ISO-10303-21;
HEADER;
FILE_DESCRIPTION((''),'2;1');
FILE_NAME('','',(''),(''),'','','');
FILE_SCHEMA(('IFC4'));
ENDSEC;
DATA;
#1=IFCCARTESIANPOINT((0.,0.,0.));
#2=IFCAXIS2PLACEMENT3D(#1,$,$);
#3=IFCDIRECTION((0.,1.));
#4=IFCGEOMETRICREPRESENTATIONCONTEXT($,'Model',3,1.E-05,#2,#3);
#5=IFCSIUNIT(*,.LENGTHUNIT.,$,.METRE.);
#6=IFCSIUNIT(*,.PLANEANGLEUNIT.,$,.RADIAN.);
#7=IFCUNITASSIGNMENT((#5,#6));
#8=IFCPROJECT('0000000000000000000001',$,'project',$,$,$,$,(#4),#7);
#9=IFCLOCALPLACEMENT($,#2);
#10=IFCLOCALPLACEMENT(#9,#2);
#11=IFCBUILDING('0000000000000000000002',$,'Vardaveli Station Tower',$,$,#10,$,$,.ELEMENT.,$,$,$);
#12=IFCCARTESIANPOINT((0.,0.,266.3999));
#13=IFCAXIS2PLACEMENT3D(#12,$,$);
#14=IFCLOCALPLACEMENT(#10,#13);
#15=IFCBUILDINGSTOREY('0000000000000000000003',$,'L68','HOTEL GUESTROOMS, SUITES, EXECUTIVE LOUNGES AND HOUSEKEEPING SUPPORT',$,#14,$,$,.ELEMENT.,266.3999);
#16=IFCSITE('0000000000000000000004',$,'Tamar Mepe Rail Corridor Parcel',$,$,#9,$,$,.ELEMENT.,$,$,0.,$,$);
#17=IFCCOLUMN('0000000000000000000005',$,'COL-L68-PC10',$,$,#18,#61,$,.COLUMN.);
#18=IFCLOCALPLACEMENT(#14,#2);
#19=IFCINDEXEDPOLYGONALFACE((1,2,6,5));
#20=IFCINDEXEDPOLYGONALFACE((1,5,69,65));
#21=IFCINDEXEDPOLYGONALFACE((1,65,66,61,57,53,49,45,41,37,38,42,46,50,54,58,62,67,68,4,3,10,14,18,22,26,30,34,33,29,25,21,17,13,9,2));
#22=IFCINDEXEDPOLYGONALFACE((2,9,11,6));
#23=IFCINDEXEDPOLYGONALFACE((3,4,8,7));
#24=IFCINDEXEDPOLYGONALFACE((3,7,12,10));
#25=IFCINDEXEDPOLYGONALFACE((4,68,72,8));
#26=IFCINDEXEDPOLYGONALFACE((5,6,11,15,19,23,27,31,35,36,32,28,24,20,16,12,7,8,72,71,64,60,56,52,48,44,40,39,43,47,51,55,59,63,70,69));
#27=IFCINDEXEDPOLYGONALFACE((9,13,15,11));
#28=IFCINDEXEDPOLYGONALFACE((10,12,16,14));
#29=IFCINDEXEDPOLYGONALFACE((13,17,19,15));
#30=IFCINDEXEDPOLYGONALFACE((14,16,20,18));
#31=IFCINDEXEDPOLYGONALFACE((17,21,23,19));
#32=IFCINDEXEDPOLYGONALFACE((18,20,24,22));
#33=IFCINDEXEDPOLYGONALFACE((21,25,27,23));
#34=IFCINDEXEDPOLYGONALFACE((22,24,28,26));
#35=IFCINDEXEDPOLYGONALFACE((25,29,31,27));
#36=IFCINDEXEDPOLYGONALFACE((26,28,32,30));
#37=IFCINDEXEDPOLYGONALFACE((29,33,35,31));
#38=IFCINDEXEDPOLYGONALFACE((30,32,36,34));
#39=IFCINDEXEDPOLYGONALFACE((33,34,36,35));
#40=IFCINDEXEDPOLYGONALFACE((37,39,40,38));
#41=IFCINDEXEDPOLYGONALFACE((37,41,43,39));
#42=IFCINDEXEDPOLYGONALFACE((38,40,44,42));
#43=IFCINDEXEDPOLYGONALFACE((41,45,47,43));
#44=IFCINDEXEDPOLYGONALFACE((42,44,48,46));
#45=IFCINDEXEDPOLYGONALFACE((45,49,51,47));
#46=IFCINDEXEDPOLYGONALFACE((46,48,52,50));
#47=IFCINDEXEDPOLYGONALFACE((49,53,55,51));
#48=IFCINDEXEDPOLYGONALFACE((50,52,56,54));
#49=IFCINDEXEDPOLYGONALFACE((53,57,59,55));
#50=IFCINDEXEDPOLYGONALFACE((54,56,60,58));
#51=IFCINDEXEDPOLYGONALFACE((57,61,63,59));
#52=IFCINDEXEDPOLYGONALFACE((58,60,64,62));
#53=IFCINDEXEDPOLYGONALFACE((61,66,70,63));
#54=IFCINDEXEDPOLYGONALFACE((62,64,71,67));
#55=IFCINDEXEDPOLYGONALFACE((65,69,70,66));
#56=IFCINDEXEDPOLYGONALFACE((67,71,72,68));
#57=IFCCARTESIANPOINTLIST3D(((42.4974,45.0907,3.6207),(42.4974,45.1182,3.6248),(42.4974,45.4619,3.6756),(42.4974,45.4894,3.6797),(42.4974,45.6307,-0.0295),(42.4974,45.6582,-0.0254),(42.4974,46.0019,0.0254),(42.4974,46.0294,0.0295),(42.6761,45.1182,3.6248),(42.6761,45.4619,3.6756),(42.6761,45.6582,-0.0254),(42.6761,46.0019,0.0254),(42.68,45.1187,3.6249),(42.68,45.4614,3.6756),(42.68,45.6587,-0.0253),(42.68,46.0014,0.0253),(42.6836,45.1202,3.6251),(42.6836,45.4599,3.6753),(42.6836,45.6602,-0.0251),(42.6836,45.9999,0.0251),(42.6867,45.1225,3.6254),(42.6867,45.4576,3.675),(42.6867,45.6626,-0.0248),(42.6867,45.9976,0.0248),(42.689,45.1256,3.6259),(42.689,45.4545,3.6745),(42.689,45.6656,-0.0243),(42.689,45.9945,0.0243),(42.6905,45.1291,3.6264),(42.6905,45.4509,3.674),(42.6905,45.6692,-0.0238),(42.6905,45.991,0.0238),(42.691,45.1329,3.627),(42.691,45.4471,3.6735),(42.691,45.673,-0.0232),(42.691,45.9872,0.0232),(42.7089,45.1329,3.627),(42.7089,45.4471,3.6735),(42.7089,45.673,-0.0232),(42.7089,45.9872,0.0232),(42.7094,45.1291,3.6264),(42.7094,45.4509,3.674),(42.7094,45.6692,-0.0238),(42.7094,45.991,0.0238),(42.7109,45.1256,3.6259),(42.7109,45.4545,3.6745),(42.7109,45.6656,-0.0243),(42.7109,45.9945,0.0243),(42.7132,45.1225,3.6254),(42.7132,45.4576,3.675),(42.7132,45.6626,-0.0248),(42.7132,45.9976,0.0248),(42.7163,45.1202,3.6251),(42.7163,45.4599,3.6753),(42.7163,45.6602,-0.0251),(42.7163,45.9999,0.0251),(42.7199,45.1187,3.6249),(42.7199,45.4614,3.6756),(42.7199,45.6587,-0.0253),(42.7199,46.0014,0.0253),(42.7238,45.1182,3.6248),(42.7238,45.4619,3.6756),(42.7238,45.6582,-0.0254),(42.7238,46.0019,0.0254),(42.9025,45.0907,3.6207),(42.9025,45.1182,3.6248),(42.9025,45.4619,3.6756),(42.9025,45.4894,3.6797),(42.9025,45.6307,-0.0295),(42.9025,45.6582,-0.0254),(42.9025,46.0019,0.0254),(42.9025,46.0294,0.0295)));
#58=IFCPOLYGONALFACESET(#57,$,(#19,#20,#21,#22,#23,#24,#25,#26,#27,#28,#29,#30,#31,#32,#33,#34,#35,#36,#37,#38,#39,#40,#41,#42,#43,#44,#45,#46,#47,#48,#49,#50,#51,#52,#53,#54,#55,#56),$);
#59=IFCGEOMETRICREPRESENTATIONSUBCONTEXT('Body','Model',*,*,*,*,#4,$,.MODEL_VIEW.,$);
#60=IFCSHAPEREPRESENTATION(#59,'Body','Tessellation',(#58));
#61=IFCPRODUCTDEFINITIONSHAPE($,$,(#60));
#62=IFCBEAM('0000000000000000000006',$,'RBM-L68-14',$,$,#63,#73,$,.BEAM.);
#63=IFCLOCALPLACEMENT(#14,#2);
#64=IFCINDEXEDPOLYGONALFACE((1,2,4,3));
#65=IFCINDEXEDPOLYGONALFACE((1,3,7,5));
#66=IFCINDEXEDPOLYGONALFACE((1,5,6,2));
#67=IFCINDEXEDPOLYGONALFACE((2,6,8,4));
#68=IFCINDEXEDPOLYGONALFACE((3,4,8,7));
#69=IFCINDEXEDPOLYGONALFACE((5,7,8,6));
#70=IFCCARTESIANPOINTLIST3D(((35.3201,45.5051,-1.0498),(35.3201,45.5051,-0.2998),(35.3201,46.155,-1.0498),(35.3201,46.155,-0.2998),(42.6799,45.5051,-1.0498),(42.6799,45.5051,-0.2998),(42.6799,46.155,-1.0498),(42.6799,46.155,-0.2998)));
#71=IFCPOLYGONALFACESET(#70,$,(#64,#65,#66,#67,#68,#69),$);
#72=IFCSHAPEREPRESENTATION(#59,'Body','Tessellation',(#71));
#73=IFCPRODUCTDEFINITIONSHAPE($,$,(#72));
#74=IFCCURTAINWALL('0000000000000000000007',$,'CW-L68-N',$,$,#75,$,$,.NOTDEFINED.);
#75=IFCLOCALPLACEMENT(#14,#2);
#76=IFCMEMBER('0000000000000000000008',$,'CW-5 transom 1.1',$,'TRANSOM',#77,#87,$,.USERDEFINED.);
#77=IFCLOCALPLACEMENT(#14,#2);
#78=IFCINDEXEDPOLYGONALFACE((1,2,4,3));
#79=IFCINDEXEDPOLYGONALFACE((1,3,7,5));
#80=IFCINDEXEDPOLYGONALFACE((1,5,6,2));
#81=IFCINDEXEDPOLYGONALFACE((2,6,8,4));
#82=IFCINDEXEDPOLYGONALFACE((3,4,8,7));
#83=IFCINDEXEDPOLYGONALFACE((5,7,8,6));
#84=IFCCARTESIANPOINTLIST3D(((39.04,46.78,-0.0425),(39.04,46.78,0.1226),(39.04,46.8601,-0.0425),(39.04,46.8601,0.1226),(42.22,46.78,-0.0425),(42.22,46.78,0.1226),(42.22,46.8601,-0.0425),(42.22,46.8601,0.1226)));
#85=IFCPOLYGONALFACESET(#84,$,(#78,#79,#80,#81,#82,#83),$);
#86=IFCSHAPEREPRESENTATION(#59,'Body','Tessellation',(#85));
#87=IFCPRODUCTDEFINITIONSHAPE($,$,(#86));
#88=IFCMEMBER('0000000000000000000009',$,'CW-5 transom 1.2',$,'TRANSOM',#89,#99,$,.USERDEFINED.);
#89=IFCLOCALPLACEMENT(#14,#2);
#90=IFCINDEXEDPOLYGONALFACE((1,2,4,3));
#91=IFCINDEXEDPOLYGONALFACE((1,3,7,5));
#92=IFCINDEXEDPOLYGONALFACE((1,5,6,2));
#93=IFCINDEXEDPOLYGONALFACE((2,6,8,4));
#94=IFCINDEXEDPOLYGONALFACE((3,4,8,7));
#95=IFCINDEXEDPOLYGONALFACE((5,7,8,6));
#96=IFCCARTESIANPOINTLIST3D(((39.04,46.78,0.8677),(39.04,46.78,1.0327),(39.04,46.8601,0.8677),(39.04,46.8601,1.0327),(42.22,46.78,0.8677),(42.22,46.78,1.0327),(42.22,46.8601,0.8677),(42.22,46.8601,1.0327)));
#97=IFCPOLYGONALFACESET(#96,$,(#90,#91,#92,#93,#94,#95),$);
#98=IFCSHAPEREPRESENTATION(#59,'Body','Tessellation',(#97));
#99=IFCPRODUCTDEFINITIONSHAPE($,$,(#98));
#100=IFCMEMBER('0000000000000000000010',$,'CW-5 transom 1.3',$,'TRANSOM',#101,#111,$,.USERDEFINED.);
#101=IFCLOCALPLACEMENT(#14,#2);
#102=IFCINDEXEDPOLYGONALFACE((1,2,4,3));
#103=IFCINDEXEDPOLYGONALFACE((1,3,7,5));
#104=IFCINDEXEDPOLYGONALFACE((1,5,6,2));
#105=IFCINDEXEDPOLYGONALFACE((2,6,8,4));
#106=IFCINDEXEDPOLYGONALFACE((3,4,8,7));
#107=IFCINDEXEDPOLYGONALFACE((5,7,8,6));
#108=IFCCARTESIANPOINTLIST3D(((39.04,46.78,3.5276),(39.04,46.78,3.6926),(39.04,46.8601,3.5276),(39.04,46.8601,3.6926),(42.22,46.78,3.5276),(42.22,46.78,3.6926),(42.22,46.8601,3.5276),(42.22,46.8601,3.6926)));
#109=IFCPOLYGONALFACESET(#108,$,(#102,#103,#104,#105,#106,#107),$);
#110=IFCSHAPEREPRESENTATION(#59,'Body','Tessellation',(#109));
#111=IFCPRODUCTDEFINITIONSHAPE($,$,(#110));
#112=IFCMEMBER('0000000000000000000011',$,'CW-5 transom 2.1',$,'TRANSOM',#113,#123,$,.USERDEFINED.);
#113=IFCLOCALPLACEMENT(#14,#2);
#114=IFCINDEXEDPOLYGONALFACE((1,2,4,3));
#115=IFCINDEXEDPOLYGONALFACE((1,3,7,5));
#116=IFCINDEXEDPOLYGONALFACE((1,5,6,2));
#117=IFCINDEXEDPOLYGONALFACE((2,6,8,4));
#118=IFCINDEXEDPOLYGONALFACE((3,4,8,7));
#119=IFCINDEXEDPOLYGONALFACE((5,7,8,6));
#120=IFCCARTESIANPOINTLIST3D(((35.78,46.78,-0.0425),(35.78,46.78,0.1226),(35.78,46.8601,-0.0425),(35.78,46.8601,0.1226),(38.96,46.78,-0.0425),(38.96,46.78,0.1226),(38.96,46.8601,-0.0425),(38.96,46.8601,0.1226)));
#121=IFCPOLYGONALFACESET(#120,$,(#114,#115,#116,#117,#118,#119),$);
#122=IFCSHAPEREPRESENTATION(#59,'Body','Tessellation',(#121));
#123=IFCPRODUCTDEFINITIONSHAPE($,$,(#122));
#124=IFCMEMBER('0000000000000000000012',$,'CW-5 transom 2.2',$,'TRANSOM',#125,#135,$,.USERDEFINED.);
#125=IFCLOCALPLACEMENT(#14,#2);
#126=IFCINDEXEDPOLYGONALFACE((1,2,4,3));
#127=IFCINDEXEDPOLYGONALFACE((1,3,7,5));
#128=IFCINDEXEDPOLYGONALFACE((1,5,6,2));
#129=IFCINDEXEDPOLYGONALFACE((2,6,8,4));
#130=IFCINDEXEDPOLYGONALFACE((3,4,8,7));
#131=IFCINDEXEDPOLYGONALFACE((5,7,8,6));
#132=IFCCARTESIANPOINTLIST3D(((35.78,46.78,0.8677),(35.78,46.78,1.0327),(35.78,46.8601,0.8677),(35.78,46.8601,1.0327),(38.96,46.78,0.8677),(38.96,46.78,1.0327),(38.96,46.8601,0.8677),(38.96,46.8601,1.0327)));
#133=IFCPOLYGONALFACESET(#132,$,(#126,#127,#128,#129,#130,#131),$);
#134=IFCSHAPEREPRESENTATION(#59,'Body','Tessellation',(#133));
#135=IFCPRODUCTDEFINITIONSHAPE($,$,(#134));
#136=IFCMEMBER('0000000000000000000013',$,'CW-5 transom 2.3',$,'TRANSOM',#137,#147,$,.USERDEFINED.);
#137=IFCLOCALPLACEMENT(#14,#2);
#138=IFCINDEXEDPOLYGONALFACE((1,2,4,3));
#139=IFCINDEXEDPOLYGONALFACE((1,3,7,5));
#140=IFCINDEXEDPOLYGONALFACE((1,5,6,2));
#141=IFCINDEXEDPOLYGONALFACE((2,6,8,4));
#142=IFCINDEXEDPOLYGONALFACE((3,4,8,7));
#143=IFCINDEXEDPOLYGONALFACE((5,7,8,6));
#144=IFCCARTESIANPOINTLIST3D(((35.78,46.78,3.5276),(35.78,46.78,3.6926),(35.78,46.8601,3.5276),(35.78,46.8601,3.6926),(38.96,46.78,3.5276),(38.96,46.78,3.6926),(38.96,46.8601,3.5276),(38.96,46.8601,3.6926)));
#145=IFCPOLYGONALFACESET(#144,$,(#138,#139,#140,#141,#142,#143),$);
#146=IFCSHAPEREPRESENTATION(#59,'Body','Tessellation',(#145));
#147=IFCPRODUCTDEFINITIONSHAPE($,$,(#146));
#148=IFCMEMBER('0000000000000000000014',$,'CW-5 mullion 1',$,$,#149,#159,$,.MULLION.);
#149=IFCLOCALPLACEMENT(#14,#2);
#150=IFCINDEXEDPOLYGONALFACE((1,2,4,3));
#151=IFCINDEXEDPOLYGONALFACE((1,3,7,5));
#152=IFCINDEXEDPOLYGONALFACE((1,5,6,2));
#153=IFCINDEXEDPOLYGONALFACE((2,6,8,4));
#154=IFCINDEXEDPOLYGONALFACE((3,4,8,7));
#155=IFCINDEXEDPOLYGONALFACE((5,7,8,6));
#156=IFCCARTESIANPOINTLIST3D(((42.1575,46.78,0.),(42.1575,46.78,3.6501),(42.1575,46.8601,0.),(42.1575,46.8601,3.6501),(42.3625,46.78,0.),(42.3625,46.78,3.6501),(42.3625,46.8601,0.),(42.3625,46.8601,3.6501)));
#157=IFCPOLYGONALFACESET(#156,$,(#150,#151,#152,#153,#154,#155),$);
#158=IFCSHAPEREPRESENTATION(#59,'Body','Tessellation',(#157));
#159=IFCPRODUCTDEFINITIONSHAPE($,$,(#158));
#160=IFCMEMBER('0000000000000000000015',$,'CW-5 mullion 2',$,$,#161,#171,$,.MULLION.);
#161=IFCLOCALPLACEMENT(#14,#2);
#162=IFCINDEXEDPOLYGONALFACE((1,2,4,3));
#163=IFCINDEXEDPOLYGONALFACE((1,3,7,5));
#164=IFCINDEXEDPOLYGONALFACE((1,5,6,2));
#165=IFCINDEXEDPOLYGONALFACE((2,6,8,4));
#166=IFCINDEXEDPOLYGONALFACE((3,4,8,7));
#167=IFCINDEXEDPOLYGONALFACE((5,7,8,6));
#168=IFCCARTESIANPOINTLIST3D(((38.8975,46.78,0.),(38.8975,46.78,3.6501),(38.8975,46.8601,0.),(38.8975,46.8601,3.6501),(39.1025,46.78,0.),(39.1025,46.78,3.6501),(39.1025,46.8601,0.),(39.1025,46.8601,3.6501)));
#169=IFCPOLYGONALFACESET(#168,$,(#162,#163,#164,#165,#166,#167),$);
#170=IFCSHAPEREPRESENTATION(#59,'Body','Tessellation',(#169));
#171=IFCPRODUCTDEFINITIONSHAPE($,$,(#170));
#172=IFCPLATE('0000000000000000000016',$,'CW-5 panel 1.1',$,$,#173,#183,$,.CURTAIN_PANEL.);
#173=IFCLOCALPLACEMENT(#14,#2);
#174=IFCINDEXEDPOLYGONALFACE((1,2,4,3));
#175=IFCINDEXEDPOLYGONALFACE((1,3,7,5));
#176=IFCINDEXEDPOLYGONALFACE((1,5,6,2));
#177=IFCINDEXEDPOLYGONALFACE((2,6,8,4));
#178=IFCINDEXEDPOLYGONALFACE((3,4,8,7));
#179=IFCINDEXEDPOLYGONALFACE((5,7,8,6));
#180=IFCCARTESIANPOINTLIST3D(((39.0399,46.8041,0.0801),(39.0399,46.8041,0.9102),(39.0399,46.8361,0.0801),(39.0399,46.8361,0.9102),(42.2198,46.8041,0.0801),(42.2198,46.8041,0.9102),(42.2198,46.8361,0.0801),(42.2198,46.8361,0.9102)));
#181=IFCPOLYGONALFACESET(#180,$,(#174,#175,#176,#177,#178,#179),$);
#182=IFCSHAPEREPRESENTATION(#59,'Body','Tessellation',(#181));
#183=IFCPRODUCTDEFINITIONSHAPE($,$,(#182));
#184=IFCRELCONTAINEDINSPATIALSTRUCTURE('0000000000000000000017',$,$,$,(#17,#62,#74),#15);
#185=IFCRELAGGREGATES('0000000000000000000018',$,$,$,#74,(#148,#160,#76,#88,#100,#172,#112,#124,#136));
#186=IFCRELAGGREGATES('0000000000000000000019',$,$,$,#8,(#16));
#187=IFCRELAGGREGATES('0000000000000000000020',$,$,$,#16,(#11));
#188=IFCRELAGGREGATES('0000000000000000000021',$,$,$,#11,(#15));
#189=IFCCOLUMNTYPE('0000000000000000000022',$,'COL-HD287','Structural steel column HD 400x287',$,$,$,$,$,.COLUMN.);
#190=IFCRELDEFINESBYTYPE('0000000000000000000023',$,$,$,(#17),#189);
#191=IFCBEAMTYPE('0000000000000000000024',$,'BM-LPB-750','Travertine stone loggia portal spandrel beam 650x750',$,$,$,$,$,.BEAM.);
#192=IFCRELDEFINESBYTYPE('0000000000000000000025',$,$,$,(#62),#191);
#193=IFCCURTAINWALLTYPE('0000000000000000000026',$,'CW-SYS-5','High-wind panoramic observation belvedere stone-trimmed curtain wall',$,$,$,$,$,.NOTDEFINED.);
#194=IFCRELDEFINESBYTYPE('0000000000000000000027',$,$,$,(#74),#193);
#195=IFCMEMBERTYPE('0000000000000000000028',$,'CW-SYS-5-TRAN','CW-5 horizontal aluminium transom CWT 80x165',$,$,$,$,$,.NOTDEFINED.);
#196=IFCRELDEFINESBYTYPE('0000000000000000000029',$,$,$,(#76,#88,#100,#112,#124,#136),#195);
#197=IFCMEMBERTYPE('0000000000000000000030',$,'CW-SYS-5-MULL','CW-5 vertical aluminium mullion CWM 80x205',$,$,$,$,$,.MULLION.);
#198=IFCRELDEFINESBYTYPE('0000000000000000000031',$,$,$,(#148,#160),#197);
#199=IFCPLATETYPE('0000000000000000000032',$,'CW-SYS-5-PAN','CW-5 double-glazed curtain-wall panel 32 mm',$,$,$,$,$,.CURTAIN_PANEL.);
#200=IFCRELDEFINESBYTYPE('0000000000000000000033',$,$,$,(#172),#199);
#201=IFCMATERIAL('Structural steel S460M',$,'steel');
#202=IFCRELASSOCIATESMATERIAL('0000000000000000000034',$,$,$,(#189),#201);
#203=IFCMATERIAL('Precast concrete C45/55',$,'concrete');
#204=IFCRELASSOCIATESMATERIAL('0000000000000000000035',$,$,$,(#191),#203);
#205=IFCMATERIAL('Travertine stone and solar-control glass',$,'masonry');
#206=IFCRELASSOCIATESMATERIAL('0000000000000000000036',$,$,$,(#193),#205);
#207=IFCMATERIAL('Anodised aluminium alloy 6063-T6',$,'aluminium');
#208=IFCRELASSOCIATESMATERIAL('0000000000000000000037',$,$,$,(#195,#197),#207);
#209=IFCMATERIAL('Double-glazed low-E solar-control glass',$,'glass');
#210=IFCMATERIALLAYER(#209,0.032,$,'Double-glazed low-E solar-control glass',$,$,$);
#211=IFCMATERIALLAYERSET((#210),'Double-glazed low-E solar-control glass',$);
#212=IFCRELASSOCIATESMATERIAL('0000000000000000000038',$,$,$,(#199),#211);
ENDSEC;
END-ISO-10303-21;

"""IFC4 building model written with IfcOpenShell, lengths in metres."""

from ifc_helpers import new_model, si_unit, direction, frame, origin, origin_2d, place, context, subcontext, project, spatial, rectangle, i_section, extrude, source, transform, mapped, material, layer, layer_set, material_profile, profile_set, type_object, element, aggregate, save


model = new_model("IFC4")

# Units and contexts
model_context = context("Model", 3, precision=1e-05, world=origin(), true_north=direction((0.0, 1.0)))
body_context = subcontext(model_context, "Body", "Model", "MODEL_VIEW")
ifc_project = project(units=[si_unit("LENGTHUNIT", "METRE"), si_unit("PLANEANGLEUNIT", "RADIAN")], contexts=[model_context])

# Site, building, storey
site_placement = place(None, origin())
site = spatial("IfcSite", under=ifc_project, at=site_placement, Name="Tamar Mepe Rail Corridor Parcel", CompositionType="ELEMENT", RefElevation=0.0)
building_placement = place(site_placement, origin())
building = spatial("IfcBuilding", under=site, at=building_placement, Name="Vardaveli Station Tower", CompositionType="ELEMENT")
storey_placement = place(building_placement, frame((0.0, 0.0, 266.3999)))
storey = spatial("IfcBuildingStorey", under=building, at=storey_placement, Name="L68", Description="HOTEL GUESTROOMS, SUITES, EXECUTIVE LOUNGES AND HOUSEKEEPING SUPPORT", CompositionType="ELEMENT", Elevation=266.3999)

# Column
ifc_material_1 = material(Name="Structural steel S460M", Category="steel")
ifc_material_profile_1 = material_profile(ifc_material_1, i_section(OverallWidth=0.405, OverallDepth=0.4031, WebThickness=0.0178, FlangeThickness=0.0278, FilletRadius=0.0149, at=origin_2d()), Name="HD 400x287")
ifc_profile_set_1 = profile_set([ifc_material_profile_1], Name="Structural steel S460M")
column_type = type_object("IfcColumnType", Name="COL-HD287", Description="Structural steel column HD 400x287", PredefinedType="COLUMN", material=ifc_profile_set_1)
shared_shape_1 = source(origin(), body_context, "Body", "SweptSolid", [
    extrude(i_section(OverallWidth=0.405, OverallDepth=0.4031, WebThickness=0.0178, FlangeThickness=0.0278, FilletRadius=0.0149, at=origin_2d()), origin(), (0.0, 0.0, 1.0), 3.6899),
])
column_placement = place(storey_placement, frame((42.7, 45.8301, 0.0), z_axis=(0.0, -0.146357, 0.989232), x_axis=(1.0, 0.0, 0.0)))
element("IfcColumn", 1, at=column_placement, inside=storey, type_object=column_type, Name="COL-L68-PC10", PredefinedType="COLUMN", context=body_context, shape_type="MappedRepresentation", body=[
    mapped(shared_shape_1, transform((0.0, 0.0, 0.0), scale=1.0)),
])

# Beam
ifc_material_2 = material(Name="Precast concrete C45/55", Category="concrete")
ifc_material_profile_2 = material_profile(ifc_material_2, rectangle(XDim=0.6499, YDim=0.75, at=origin_2d()), Name="LPB 650x750")
ifc_profile_set_2 = profile_set([ifc_material_profile_2], Name="Precast concrete C45/55")
beam_type = type_object("IfcBeamType", Name="BM-LPB-750", Description="Travertine stone loggia portal spandrel beam 650x750", PredefinedType="BEAM", material=ifc_profile_set_2)
shared_shape_2 = source(origin(), body_context, "Body", "SweptSolid", [
    extrude(rectangle(XDim=0.6499, YDim=0.75, at=origin_2d()), origin(), (0.0, 0.0, 1.0), 7.3599),
])
beam_placement = place(storey_placement, frame((42.6799, 45.8301, -0.6748), z_axis=(-1.0, 0.0, 0.0), x_axis=(0.0, -1.0, 0.0)))
element("IfcBeam", 2, at=beam_placement, inside=storey, type_object=beam_type, Name="RBM-L68-14", PredefinedType="BEAM", context=body_context, shape_type="MappedRepresentation", body=[
    mapped(shared_shape_2, transform((0.0, 0.0, 0.0), scale=1.0)),
])

# Curtain wall, members, plate
ifc_material_3 = material(Name="Travertine stone and solar-control glass", Category="masonry")
curtain_wall_type = type_object("IfcCurtainWallType", Name="CW-SYS-5", Description="High-wind panoramic observation belvedere stone-trimmed curtain wall", PredefinedType="NOTDEFINED", material=ifc_material_3)
curtain_wall_placement = place(storey_placement, origin())
curtain_wall = element("IfcCurtainWall", 3, at=curtain_wall_placement, inside=storey, type_object=curtain_wall_type, Name="CW-L68-N", PredefinedType="NOTDEFINED")
ifc_material_4 = material(Name="Anodised aluminium alloy 6063-T6", Category="aluminium")
ifc_material_profile_3 = material_profile(ifc_material_4, rectangle(XDim=0.0801, YDim=0.165, at=origin_2d()), Name="CWT 80x165")
ifc_profile_set_3 = profile_set([ifc_material_profile_3], Name="Anodised aluminium alloy 6063-T6")
member_type_1 = type_object("IfcMemberType", Name="CW-SYS-5-TRAN", Description="CW-5 horizontal aluminium transom CWT 80x165", PredefinedType="NOTDEFINED", material=ifc_profile_set_3)
shared_shape_3 = source(origin(), body_context, "Body", "SweptSolid", [
    extrude(rectangle(XDim=0.0801, YDim=0.165, at=origin_2d()), origin(), (0.0, 0.0, 1.0), 3.1799),
])
member_1_placement = place(storey_placement, frame((42.22, 46.8201, 0.04), z_axis=(-1.0, 0.0, 0.0), x_axis=(0.0, -1.0, 0.0)))
member_1 = element("IfcMember", 4, at=member_1_placement, type_object=member_type_1, Name="CW-5 transom 1.1", ObjectType="TRANSOM", PredefinedType="USERDEFINED", context=body_context, shape_type="MappedRepresentation", body=[
    mapped(shared_shape_3, transform((0.0, 0.0, 0.0), scale=1.0)),
])
member_2_placement = place(storey_placement, frame((42.22, 46.8201, 0.9502), z_axis=(-1.0, 0.0, 0.0), x_axis=(0.0, -1.0, 0.0)))
member_2 = element("IfcMember", 5, at=member_2_placement, type_object=member_type_1, Name="CW-5 transom 1.2", ObjectType="TRANSOM", PredefinedType="USERDEFINED", context=body_context, shape_type="MappedRepresentation", body=[
    mapped(shared_shape_3, transform((0.0, 0.0, 0.0), scale=1.0)),
])
member_3_placement = place(storey_placement, frame((42.22, 46.8201, 3.6101), z_axis=(-1.0, 0.0, 0.0), x_axis=(0.0, -1.0, 0.0)))
member_3 = element("IfcMember", 6, at=member_3_placement, type_object=member_type_1, Name="CW-5 transom 1.3", ObjectType="TRANSOM", PredefinedType="USERDEFINED", context=body_context, shape_type="MappedRepresentation", body=[
    mapped(shared_shape_3, transform((0.0, 0.0, 0.0), scale=1.0)),
])
member_4_placement = place(storey_placement, frame((38.96, 46.8201, 0.04), z_axis=(-1.0, 0.0, 0.0), x_axis=(0.0, -1.0, 0.0)))
member_4 = element("IfcMember", 7, at=member_4_placement, type_object=member_type_1, Name="CW-5 transom 2.1", ObjectType="TRANSOM", PredefinedType="USERDEFINED", context=body_context, shape_type="MappedRepresentation", body=[
    mapped(shared_shape_3, transform((0.0, 0.0, 0.0), scale=1.0)),
])
member_5_placement = place(storey_placement, frame((38.96, 46.8201, 0.9502), z_axis=(-1.0, 0.0, 0.0), x_axis=(0.0, -1.0, 0.0)))
member_5 = element("IfcMember", 8, at=member_5_placement, type_object=member_type_1, Name="CW-5 transom 2.2", ObjectType="TRANSOM", PredefinedType="USERDEFINED", context=body_context, shape_type="MappedRepresentation", body=[
    mapped(shared_shape_3, transform((0.0, 0.0, 0.0), scale=1.0)),
])
member_6_placement = place(storey_placement, frame((38.96, 46.8201, 3.6101), z_axis=(-1.0, 0.0, 0.0), x_axis=(0.0, -1.0, 0.0)))
member_6 = element("IfcMember", 9, at=member_6_placement, type_object=member_type_1, Name="CW-5 transom 2.3", ObjectType="TRANSOM", PredefinedType="USERDEFINED", context=body_context, shape_type="MappedRepresentation", body=[
    mapped(shared_shape_3, transform((0.0, 0.0, 0.0), scale=1.0)),
])
ifc_material_profile_4 = material_profile(ifc_material_4, rectangle(XDim=0.0801, YDim=0.2051, at=origin_2d()), Name="CWM 80x205")
ifc_profile_set_4 = profile_set([ifc_material_profile_4], Name="Anodised aluminium alloy 6063-T6")
member_type_2 = type_object("IfcMemberType", Name="CW-SYS-5-MULL", Description="CW-5 vertical aluminium mullion CWM 80x205", PredefinedType="MULLION", material=ifc_profile_set_4)
shared_shape_4 = source(origin(), body_context, "Body", "SweptSolid", [
    extrude(rectangle(XDim=0.0801, YDim=0.2051, at=origin_2d()), origin(), (0.0, 0.0, 1.0), 3.6501),
])
member_7_placement = place(storey_placement, frame((42.26, 46.8201, 0.0), z_axis=(0.0, 0.0, 1.0), x_axis=(0.0, -1.0, 0.0)))
member_7 = element("IfcMember", 10, at=member_7_placement, type_object=member_type_2, Name="CW-5 mullion 1", PredefinedType="MULLION", context=body_context, shape_type="MappedRepresentation", body=[
    mapped(shared_shape_4, transform((0.0, 0.0, 0.0), scale=1.0)),
])
member_8_placement = place(storey_placement, frame((39.0, 46.8201, 0.0), z_axis=(0.0, 0.0, 1.0), x_axis=(0.0, -1.0, 0.0)))
member_8 = element("IfcMember", 11, at=member_8_placement, type_object=member_type_2, Name="CW-5 mullion 2", PredefinedType="MULLION", context=body_context, shape_type="MappedRepresentation", body=[
    mapped(shared_shape_4, transform((0.0, 0.0, 0.0), scale=1.0)),
])
ifc_material_5 = material(Name="Double-glazed low-E solar-control glass", Category="glass")
ifc_layer_1 = layer(ifc_material_5, 0.032, Name="Double-glazed low-E solar-control glass")
ifc_layer_set_1 = layer_set([ifc_layer_1], Name="Double-glazed low-E solar-control glass")
plate_type = type_object("IfcPlateType", Name="CW-SYS-5-PAN", Description="CW-5 double-glazed curtain-wall panel 32 mm", PredefinedType="CURTAIN_PANEL", material=ifc_layer_set_1)
shared_shape_5 = source(origin(), body_context, "Body", "SweptSolid", [
    extrude(rectangle(XDim=3.1799, YDim=0.032, at=origin_2d()), origin(), (0.0, 0.0, 1.0), 0.8301),
])
plate_1_placement = place(storey_placement, frame((40.6299, 46.8201, 0.0801), z_axis=(0.0, 0.0, 1.0), x_axis=(-1.0, 0.0, 0.0)))
plate_1 = element("IfcPlate", 12, at=plate_1_placement, type_object=plate_type, Name="CW-5 panel 1.1", PredefinedType="CURTAIN_PANEL", context=body_context, shape_type="MappedRepresentation", body=[
    mapped(shared_shape_5, transform((0.0, 0.0, 0.0), scale=1.0)),
])
aggregate(curtain_wall, [member_7, member_8, member_1, member_2, member_3, plate_1, member_4, member_5, member_6])

save(model, "model.ifc")
